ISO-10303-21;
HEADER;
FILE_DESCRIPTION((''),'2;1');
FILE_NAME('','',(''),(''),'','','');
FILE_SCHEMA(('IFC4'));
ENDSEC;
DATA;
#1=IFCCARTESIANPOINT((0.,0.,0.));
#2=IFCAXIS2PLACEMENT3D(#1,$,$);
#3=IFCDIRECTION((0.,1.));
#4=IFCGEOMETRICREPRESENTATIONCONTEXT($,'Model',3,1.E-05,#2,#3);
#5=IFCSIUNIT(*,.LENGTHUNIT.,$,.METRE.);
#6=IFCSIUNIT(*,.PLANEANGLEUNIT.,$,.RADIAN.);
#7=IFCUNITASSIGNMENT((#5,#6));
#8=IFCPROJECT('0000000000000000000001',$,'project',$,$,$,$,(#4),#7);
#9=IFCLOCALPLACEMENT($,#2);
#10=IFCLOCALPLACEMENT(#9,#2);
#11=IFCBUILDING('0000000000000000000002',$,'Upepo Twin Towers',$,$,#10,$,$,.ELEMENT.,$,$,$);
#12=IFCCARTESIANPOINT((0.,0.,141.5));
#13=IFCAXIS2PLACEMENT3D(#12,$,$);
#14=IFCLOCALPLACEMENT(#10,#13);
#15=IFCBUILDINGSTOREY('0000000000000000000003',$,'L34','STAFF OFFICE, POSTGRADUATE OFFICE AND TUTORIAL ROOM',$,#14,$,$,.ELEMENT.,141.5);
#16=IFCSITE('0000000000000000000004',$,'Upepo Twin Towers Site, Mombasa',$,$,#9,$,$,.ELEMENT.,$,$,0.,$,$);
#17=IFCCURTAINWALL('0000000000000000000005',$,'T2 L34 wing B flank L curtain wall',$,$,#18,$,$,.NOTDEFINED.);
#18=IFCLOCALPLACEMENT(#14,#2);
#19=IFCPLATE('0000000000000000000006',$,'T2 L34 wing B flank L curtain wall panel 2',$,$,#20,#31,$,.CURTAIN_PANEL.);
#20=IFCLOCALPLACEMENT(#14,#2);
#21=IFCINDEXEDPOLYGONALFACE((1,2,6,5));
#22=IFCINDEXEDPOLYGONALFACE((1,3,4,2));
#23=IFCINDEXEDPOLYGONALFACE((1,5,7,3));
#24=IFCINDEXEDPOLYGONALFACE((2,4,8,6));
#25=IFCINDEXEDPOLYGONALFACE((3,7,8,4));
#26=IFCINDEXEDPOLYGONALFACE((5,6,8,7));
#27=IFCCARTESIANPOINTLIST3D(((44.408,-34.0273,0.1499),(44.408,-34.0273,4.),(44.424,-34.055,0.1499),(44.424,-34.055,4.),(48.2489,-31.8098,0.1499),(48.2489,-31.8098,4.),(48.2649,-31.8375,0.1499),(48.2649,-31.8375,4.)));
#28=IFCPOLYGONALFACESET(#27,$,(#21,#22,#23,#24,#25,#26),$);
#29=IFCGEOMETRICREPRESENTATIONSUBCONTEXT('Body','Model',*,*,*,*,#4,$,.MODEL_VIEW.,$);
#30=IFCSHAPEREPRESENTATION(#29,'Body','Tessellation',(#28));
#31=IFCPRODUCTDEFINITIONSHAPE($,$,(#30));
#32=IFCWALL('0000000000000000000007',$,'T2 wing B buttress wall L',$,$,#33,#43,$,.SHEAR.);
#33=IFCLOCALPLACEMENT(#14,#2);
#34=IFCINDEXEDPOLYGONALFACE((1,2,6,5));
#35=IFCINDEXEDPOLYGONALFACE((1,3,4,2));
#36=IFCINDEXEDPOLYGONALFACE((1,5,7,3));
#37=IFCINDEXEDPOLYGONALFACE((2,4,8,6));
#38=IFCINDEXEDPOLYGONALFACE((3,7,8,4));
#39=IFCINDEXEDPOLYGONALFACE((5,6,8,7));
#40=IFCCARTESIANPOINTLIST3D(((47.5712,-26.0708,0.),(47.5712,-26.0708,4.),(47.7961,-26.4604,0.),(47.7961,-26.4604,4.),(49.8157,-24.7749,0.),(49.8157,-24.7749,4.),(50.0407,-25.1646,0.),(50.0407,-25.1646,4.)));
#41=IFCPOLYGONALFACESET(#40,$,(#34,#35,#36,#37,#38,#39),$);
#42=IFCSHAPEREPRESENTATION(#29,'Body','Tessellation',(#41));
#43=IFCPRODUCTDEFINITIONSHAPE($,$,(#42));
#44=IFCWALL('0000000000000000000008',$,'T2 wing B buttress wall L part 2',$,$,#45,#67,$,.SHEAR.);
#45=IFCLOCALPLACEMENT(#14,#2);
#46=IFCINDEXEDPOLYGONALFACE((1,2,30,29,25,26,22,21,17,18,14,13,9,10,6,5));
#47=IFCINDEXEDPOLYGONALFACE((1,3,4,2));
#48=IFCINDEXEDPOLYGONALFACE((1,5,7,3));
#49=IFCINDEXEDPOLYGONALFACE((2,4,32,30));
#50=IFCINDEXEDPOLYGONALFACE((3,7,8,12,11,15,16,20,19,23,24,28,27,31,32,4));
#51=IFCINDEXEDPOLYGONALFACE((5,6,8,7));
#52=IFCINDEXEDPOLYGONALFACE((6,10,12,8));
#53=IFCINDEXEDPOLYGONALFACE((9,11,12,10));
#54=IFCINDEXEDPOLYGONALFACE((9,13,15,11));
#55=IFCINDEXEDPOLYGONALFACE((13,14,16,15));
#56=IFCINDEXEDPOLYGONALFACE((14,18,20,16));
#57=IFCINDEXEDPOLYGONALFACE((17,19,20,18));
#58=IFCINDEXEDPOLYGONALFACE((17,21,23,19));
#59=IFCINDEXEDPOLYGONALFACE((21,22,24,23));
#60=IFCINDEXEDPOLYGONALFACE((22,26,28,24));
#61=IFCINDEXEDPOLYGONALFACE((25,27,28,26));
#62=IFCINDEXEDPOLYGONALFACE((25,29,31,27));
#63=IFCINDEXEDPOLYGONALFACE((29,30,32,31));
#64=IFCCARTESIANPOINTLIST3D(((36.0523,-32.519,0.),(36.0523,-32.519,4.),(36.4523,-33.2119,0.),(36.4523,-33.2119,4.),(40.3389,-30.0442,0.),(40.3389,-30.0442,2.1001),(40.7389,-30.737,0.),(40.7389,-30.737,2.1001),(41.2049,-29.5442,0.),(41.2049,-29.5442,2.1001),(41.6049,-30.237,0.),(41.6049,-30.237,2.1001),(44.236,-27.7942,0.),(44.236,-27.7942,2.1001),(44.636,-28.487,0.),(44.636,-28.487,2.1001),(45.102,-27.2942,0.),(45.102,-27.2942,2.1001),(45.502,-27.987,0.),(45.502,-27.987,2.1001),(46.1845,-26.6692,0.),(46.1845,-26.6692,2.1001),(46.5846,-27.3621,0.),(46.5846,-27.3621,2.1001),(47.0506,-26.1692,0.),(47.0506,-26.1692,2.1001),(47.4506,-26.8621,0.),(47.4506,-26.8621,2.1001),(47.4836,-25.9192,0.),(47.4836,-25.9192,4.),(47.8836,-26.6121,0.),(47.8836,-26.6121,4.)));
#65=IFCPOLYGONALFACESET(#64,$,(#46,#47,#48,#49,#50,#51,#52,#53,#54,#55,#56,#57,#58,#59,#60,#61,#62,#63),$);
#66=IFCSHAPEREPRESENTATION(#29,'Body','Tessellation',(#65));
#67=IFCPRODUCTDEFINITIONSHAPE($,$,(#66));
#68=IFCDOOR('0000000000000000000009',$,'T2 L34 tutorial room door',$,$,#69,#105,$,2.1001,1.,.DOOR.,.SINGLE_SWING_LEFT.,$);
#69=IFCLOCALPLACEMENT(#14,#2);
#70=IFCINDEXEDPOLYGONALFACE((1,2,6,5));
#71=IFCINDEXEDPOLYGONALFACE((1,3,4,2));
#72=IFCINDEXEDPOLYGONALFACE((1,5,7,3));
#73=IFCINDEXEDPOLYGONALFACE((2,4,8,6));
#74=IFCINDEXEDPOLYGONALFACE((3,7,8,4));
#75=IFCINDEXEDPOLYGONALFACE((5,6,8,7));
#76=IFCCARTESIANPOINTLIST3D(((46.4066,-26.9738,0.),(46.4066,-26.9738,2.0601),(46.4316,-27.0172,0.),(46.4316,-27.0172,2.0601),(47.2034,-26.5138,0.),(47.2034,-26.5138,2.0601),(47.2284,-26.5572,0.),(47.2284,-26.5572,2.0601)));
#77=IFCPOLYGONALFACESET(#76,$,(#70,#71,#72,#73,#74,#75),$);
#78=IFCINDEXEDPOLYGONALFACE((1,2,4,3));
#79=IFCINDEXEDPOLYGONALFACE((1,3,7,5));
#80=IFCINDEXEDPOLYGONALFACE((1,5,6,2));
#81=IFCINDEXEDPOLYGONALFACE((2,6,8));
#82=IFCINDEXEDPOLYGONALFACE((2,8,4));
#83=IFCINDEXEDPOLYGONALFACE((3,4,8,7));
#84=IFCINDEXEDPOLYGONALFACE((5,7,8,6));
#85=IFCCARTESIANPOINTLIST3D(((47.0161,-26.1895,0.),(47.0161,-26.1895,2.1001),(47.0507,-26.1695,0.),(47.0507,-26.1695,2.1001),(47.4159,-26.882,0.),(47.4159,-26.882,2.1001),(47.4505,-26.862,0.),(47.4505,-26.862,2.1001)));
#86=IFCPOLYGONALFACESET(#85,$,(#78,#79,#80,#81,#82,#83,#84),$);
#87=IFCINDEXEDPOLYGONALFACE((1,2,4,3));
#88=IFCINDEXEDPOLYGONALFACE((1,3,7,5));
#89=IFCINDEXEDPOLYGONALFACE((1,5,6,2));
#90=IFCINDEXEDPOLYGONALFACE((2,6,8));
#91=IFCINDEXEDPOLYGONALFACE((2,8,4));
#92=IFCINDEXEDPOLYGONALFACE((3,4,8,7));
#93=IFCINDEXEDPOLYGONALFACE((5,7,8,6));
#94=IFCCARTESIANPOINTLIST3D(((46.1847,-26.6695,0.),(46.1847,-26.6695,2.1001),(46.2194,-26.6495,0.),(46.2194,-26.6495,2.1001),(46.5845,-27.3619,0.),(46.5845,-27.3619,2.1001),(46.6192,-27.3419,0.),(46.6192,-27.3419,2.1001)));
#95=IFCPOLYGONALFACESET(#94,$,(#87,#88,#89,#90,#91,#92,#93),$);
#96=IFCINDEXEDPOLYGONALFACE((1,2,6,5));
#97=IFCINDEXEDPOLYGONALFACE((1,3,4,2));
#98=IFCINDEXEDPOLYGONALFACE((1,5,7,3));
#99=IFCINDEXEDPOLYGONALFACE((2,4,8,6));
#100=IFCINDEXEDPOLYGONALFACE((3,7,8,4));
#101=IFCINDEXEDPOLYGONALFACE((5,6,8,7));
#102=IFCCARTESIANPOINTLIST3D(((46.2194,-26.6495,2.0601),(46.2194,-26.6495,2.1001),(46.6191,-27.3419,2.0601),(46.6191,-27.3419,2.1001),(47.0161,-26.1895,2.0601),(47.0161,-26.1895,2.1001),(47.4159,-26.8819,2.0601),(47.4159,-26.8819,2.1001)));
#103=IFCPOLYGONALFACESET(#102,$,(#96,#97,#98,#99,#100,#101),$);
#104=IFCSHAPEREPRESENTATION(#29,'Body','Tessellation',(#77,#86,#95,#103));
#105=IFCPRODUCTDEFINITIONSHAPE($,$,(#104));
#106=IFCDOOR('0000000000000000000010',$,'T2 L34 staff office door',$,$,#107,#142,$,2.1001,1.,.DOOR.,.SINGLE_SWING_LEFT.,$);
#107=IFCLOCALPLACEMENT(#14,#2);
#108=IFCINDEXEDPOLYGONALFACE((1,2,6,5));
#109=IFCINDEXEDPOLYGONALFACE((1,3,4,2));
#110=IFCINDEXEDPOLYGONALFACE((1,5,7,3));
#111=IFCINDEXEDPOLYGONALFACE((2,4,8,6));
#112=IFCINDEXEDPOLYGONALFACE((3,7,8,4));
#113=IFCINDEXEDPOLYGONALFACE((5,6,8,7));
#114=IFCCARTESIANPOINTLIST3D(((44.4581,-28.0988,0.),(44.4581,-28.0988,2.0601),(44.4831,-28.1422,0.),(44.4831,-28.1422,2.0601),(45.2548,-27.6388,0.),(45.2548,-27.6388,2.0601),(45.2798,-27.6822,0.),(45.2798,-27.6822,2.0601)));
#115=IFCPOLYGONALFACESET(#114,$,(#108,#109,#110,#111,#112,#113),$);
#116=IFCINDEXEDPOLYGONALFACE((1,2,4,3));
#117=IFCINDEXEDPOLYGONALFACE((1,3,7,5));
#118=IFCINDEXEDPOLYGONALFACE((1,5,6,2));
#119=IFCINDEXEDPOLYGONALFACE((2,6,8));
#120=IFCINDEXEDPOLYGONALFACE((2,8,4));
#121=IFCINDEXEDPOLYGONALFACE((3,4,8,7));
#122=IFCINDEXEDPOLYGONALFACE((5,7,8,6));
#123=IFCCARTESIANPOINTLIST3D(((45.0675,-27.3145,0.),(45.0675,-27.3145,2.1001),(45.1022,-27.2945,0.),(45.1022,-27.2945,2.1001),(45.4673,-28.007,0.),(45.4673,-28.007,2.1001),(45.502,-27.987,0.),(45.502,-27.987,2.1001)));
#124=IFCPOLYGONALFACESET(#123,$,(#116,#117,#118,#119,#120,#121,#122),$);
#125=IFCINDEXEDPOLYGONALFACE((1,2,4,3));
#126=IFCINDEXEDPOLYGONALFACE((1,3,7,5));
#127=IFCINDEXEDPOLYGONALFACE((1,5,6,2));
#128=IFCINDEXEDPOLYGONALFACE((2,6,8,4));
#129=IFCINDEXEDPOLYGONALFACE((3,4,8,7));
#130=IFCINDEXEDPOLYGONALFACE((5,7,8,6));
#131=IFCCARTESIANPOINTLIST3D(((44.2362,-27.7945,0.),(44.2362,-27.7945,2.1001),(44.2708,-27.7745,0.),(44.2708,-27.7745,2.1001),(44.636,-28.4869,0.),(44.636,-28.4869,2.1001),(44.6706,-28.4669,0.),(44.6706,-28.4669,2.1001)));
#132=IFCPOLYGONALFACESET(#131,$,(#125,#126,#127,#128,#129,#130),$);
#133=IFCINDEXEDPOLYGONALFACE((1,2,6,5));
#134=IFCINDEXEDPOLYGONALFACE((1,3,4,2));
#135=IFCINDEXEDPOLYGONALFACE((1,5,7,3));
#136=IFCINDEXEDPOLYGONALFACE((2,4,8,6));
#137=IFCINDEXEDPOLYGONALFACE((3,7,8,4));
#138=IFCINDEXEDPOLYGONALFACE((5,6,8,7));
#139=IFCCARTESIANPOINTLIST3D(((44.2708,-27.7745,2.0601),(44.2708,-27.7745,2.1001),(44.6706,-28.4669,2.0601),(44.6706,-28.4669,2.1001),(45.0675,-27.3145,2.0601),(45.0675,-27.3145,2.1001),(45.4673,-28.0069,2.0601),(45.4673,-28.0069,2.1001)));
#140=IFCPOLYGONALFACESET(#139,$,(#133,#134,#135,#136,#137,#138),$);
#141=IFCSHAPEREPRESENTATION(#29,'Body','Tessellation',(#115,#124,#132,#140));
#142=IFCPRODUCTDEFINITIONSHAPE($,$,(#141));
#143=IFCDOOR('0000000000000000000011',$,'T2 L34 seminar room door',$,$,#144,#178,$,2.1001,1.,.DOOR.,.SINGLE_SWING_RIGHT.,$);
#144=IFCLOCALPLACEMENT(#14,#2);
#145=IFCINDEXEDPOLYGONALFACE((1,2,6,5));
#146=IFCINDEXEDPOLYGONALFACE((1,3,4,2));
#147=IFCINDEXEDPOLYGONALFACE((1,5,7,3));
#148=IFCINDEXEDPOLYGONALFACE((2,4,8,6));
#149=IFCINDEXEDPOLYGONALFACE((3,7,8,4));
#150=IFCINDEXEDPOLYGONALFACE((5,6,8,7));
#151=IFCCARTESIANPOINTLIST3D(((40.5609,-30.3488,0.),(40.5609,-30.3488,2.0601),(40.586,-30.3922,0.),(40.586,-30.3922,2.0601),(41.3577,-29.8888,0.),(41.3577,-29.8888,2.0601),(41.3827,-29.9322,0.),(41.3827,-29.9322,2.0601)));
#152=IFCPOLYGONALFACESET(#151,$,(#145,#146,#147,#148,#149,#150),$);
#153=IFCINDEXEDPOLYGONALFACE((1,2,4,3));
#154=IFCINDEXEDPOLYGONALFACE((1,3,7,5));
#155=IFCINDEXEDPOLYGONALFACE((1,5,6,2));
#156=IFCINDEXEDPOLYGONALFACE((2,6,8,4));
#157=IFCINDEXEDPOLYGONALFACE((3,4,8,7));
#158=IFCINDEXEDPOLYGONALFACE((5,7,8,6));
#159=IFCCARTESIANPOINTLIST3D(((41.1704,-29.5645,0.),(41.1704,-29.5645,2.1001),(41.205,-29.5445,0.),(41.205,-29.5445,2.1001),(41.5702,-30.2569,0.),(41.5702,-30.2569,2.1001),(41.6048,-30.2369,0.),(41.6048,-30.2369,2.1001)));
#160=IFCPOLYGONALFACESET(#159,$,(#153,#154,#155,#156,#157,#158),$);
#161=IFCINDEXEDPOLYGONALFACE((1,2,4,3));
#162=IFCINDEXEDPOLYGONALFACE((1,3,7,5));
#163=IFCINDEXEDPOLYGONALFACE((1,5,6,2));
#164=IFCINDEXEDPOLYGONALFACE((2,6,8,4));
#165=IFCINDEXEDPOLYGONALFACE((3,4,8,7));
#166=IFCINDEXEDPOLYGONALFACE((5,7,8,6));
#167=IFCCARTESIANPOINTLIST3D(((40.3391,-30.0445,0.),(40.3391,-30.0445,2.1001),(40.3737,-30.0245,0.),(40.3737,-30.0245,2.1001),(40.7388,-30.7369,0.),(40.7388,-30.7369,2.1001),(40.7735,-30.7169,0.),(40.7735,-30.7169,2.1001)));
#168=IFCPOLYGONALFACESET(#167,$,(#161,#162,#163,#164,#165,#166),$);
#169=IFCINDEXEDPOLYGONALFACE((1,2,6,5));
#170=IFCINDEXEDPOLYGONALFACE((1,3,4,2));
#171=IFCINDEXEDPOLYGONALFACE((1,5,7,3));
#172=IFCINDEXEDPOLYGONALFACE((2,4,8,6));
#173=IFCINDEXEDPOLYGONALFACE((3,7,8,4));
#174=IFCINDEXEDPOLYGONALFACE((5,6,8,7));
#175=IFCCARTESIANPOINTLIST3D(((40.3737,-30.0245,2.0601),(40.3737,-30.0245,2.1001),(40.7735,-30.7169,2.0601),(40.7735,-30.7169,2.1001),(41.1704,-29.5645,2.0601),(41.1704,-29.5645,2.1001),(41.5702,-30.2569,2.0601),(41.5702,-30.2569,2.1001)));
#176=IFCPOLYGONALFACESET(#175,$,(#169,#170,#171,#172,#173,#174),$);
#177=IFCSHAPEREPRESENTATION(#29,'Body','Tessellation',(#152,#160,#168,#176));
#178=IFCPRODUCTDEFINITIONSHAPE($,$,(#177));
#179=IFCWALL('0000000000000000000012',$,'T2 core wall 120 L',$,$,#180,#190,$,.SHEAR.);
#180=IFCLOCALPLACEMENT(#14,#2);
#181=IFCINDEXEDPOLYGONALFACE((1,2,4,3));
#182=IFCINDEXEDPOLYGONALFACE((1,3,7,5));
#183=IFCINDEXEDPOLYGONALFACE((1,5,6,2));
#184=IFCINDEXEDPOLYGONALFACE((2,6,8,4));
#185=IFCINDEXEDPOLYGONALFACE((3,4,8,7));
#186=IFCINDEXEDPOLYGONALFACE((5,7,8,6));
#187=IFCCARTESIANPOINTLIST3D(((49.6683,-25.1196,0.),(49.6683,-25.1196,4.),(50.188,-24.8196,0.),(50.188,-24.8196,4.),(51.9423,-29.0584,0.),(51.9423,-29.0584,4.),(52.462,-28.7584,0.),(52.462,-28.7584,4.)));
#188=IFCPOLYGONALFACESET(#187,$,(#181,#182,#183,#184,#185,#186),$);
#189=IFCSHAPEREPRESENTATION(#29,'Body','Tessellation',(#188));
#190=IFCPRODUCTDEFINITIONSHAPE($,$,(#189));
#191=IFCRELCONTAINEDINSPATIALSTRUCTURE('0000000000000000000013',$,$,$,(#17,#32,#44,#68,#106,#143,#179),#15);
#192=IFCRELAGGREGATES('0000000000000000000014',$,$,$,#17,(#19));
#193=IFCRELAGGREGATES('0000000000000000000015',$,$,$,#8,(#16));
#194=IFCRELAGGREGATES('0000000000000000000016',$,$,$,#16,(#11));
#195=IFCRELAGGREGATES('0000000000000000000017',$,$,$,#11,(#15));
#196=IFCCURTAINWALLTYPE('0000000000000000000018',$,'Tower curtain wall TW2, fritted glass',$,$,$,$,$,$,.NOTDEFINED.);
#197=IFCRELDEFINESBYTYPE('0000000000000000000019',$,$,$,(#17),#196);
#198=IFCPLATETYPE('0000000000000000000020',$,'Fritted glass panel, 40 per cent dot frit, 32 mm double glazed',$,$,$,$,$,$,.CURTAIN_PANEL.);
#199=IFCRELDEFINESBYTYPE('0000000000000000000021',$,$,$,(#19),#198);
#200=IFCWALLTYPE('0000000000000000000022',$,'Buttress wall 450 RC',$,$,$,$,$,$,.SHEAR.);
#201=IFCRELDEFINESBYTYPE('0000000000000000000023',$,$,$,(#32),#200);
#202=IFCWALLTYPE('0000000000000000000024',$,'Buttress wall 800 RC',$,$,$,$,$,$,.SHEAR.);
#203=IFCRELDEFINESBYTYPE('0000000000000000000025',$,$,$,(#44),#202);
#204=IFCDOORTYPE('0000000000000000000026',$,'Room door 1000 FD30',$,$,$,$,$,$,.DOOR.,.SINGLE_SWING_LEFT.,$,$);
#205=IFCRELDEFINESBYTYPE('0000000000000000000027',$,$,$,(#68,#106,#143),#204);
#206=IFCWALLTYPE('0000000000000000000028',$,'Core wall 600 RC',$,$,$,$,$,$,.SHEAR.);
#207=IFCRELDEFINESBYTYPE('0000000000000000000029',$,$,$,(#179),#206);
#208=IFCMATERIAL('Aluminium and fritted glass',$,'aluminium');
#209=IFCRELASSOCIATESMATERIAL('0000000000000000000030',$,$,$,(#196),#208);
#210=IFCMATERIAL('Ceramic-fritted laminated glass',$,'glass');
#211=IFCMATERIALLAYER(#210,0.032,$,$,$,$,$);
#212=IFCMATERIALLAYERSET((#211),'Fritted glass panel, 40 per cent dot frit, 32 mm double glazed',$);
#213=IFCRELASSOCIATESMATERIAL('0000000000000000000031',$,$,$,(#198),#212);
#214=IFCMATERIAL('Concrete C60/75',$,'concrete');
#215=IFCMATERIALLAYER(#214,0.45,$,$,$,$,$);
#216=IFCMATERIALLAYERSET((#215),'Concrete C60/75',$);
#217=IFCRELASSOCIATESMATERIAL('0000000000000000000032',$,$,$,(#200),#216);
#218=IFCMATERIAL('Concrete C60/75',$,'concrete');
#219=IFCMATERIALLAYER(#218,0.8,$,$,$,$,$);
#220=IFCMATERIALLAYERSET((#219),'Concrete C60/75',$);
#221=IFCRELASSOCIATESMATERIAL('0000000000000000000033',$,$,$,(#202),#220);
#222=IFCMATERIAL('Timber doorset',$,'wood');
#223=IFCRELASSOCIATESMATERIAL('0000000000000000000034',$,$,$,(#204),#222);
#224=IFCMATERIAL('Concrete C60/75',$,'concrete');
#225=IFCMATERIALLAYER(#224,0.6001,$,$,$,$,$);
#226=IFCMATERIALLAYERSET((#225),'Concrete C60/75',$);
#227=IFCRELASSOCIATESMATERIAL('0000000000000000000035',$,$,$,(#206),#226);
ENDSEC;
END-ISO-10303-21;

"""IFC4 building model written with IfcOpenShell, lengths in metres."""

from ifc_helpers import new_model, si_unit, direction, frame, frame_2d, origin, origin_2d, place, context, subcontext, project, spatial, rectangle, extrude, material, layer, layer_set, type_object, element, fill, aggregate, save


model = new_model("IFC4")

# Units and contexts
model_context = context("Model", 3, precision=1e-05, world=origin(), true_north=direction((0.0, 1.0)))
body_context = subcontext(model_context, "Body", "Model", "MODEL_VIEW")
ifc_project = project(units=[si_unit("LENGTHUNIT", "METRE"), si_unit("PLANEANGLEUNIT", "RADIAN")], contexts=[model_context])

# Site, building, storey
site_placement = place(None, origin())
site = spatial("IfcSite", under=ifc_project, at=site_placement, Name="Upepo Twin Towers Site, Mombasa", CompositionType="ELEMENT", RefElevation=0.0)
building_placement = place(site_placement, origin())
building = spatial("IfcBuilding", under=site, at=building_placement, Name="Upepo Twin Towers", CompositionType="ELEMENT")
storey_placement = place(building_placement, frame((0.0, 0.0, 141.5)))
storey = spatial("IfcBuildingStorey", under=building, at=storey_placement, Name="L34", Description="STAFF OFFICE, POSTGRADUATE OFFICE AND TUTORIAL ROOM", CompositionType="ELEMENT", Elevation=141.5)

# Curtain wall, plate
ifc_material_1 = material(Name="Aluminium and fritted glass", Category="aluminium")
curtain_wall_type = type_object("IfcCurtainWallType", Name="Tower curtain wall TW2, fritted glass", PredefinedType="NOTDEFINED", material=ifc_material_1)
curtain_wall_placement = place(storey_placement, origin())
curtain_wall = element("IfcCurtainWall", 1, at=curtain_wall_placement, inside=storey, type_object=curtain_wall_type, Name="T2 L34 wing B flank L curtain wall", PredefinedType="NOTDEFINED")
ifc_material_2 = material(Name="Ceramic-fritted laminated glass", Category="glass")
ifc_layer_1 = layer(ifc_material_2, 0.032)
ifc_layer_set_1 = layer_set([ifc_layer_1], Name="Fritted glass panel, 40 per cent dot frit, 32 mm double glazed")
plate_type = type_object("IfcPlateType", Name="Fritted glass panel, 40 per cent dot frit, 32 mm double glazed", PredefinedType="CURTAIN_PANEL", material=ifc_layer_set_1)
plate_1_placement = place(storey_placement, frame((46.3364, -32.9324, 0.1499), z_axis=(0.0, 0.0, 1.0), x_axis=(-0.866025, -0.5, 0.0)))
plate_1 = element("IfcPlate", 2, at=plate_1_placement, type_object=plate_type, Name="T2 L34 wing B flank L curtain wall panel 2", PredefinedType="CURTAIN_PANEL", context=body_context, shape_type="SweptSolid", body=[
    extrude(rectangle(XDim=4.4351, YDim=0.032, at=origin_2d()), origin(), (0.0, 0.0, 1.0), 3.8501),
])
aggregate(curtain_wall, [plate_1])

# Wall
ifc_material_3 = material(Name="Concrete C60/75", Category="concrete")
ifc_layer_2 = layer(ifc_material_3, 0.45)
ifc_layer_set_2 = layer_set([ifc_layer_2], Name="Concrete C60/75")
wall_type_1 = type_object("IfcWallType", Name="Buttress wall 450 RC", PredefinedType="SHEAR", material=ifc_layer_set_2)
wall_1_placement = place(storey_placement, frame((49.9282, -24.9697, 0.0), z_axis=(0.0, 0.0, 1.0), x_axis=(-0.866032, -0.499989, 0.0)))
element("IfcWall", 3, at=wall_1_placement, inside=storey, type_object=wall_type_1, Name="T2 wing B buttress wall L", PredefinedType="SHEAR", context=body_context, shape_type="SweptSolid", body=[
    extrude(rectangle(XDim=2.5918, YDim=0.45, at=frame_2d((1.2959, 0.0))), origin(), (0.0, 0.0, 1.0), 4.0),
])

# Wall, openings, doors
ifc_material_4 = material(Name="Concrete C60/75", Category="concrete")
ifc_layer_3 = layer(ifc_material_4, 0.8)
ifc_layer_set_3 = layer_set([ifc_layer_3], Name="Concrete C60/75")
wall_type_2 = type_object("IfcWallType", Name="Buttress wall 800 RC", PredefinedType="SHEAR", material=ifc_layer_set_3)
wall_2_placement = place(storey_placement, frame((47.6836, -26.2656, 0.0), z_axis=(0.0, 0.0, 1.0), x_axis=(-0.866028, -0.499996, 0.0)))
wall_2 = element("IfcWall", 4, at=wall_2_placement, inside=storey, type_object=wall_type_2, Name="T2 wing B buttress wall L part 2", PredefinedType="SHEAR", context=body_context, shape_type="SweptSolid", body=[
    extrude(rectangle(XDim=13.1997, YDim=0.8, at=frame_2d((6.5999, 0.0))), origin(), (0.0, 0.0, 1.0), 4.0),
])
opening_1_placement = place(wall_2_placement, frame((0.5, 0.0, 0.0)))
opening_1 = element("IfcOpeningElement", 5, at=opening_1_placement, cuts=wall_2, PredefinedType="OPENING", context=body_context, shape_type="SweptSolid", body=[
    extrude(rectangle(XDim=1.0, YDim=2.1001, at=frame_2d((0.5, 1.05))), frame((0.0, 0.4099, 0.0), z_axis=(0.0, -1.0, 0.0), x_axis=(1.0, 0.0, 0.0)), (0.0, 0.0, 1.0), 0.8201),
])
opening_2_placement = place(wall_2_placement, frame((2.75, 0.0, 0.0)))
opening_2 = element("IfcOpeningElement", 6, at=opening_2_placement, cuts=wall_2, PredefinedType="OPENING", context=body_context, shape_type="SweptSolid", body=[
    extrude(rectangle(XDim=1.0, YDim=2.1001, at=frame_2d((0.5, 1.05))), frame((0.0, 0.4099, 0.0), z_axis=(0.0, -1.0, 0.0), x_axis=(1.0, 0.0, 0.0)), (0.0, 0.0, 1.0), 0.8201),
])
opening_3_placement = place(wall_2_placement, frame((7.25, 0.0, 0.0)))
opening_3 = element("IfcOpeningElement", 7, at=opening_3_placement, cuts=wall_2, PredefinedType="OPENING", context=body_context, shape_type="SweptSolid", body=[
    extrude(rectangle(XDim=1.0, YDim=2.1001, at=frame_2d((0.5, 1.05))), frame((0.0, 0.4099, 0.0), z_axis=(0.0, -1.0, 0.0), x_axis=(1.0, 0.0, 0.0)), (0.0, 0.0, 1.0), 0.8201),
])
ifc_material_5 = material(Name="Timber doorset", Category="wood")
door_type_1 = type_object("IfcDoorType", Name="Room door 1000 FD30", OperationType="SINGLE_SWING_LEFT", PredefinedType="DOOR", material=ifc_material_5)
door_1_placement = place(opening_1_placement, origin())
door_1 = element("IfcDoor", 8, at=door_1_placement, inside=storey, type_object=door_type_1, Name="T2 L34 tutorial room door", OperationType="SINGLE_SWING_LEFT", OverallHeight=2.1001, OverallWidth=1.0, PredefinedType="DOOR", context=body_context, shape_type="SweptSolid", body=[
    extrude(rectangle(XDim=0.92, YDim=2.0601, at=frame_2d((0.5, 1.03))), frame((0.0, 0.0249, 0.0), z_axis=(0.0, -1.0, 0.0), x_axis=(1.0, 0.0, 0.0)), (0.0, 0.0, 1.0), 0.05),
    extrude(rectangle(XDim=0.04, YDim=2.1001, at=frame_2d((0.02, 1.05))), frame((0.0, 0.3999, 0.0), z_axis=(0.0, -1.0, 0.0), x_axis=(1.0, 0.0, 0.0)), (0.0, 0.0, 1.0), 0.7996),
    extrude(rectangle(XDim=0.04, YDim=2.1001, at=frame_2d((0.98, 1.05))), frame((0.0, 0.3999, 0.0), z_axis=(0.0, -1.0, 0.0), x_axis=(1.0, 0.0, 0.0)), (0.0, 0.0, 1.0), 0.7996),
    extrude(rectangle(XDim=0.92, YDim=0.04, at=frame_2d((0.5, 2.0801))), frame((0.0, 0.3999, 0.0), z_axis=(0.0, -1.0, 0.0), x_axis=(1.0, 0.0, 0.0)), (0.0, 0.0, 1.0), 0.7996),
])
fill(opening_1, door_1)
door_2_placement = place(opening_2_placement, origin())
door_2 = element("IfcDoor", 9, at=door_2_placement, inside=storey, type_object=door_type_1, Name="T2 L34 staff office door", OperationType="SINGLE_SWING_LEFT", OverallHeight=2.1001, OverallWidth=1.0, PredefinedType="DOOR", context=body_context, shape_type="SweptSolid", body=[
    extrude(rectangle(XDim=0.92, YDim=2.0601, at=frame_2d((0.5, 1.03))), frame((0.0, 0.0249, 0.0), z_axis=(0.0, -1.0, 0.0), x_axis=(1.0, 0.0, 0.0)), (0.0, 0.0, 1.0), 0.05),
    extrude(rectangle(XDim=0.04, YDim=2.1001, at=frame_2d((0.02, 1.05))), frame((0.0, 0.3999, 0.0), z_axis=(0.0, -1.0, 0.0), x_axis=(1.0, 0.0, 0.0)), (0.0, 0.0, 1.0), 0.7996),
    extrude(rectangle(XDim=0.04, YDim=2.1001, at=frame_2d((0.98, 1.05))), frame((0.0, 0.3999, 0.0), z_axis=(0.0, -1.0, 0.0), x_axis=(1.0, 0.0, 0.0)), (0.0, 0.0, 1.0), 0.7996),
    extrude(rectangle(XDim=0.92, YDim=0.04, at=frame_2d((0.5, 2.0801))), frame((0.0, 0.3999, 0.0), z_axis=(0.0, -1.0, 0.0), x_axis=(1.0, 0.0, 0.0)), (0.0, 0.0, 1.0), 0.7996),
])
fill(opening_2, door_2)
door_3_placement = place(opening_3_placement, origin())
door_3 = element("IfcDoor", 10, at=door_3_placement, inside=storey, type_object=door_type_1, Name="T2 L34 seminar room door", OperationType="SINGLE_SWING_RIGHT", OverallHeight=2.1001, OverallWidth=1.0, PredefinedType="DOOR", context=body_context, shape_type="SweptSolid", body=[
    extrude(rectangle(XDim=0.92, YDim=2.0601, at=frame_2d((0.5, 1.03))), frame((0.0, 0.0249, 0.0), z_axis=(0.0, -1.0, 0.0), x_axis=(1.0, 0.0, 0.0)), (0.0, 0.0, 1.0), 0.05),
    extrude(rectangle(XDim=0.04, YDim=2.1001, at=frame_2d((0.02, 1.05))), frame((0.0, 0.3999, 0.0), z_axis=(0.0, -1.0, 0.0), x_axis=(1.0, 0.0, 0.0)), (0.0, 0.0, 1.0), 0.7996),
    extrude(rectangle(XDim=0.04, YDim=2.1001, at=frame_2d((0.98, 1.05))), frame((0.0, 0.3999, 0.0), z_axis=(0.0, -1.0, 0.0), x_axis=(1.0, 0.0, 0.0)), (0.0, 0.0, 1.0), 0.7996),
    extrude(rectangle(XDim=0.92, YDim=0.04, at=frame_2d((0.5, 2.0801))), frame((0.0, 0.3999, 0.0), z_axis=(0.0, -1.0, 0.0), x_axis=(1.0, 0.0, 0.0)), (0.0, 0.0, 1.0), 0.7996),
])
fill(opening_3, door_3)

# Wall
ifc_material_6 = material(Name="Concrete C60/75", Category="concrete")
ifc_layer_4 = layer(ifc_material_6, 0.6001)
ifc_layer_set_4 = layer_set([ifc_layer_4], Name="Concrete C60/75")
wall_type_3 = type_object("IfcWallType", Name="Core wall 600 RC", PredefinedType="SHEAR", material=ifc_layer_set_4)
wall_3_placement = place(storey_placement, frame((49.9282, -24.9697, 0.0), z_axis=(0.0, 0.0, 1.0), x_axis=(0.499984, -0.866035, 0.0)))
element("IfcWall", 11, at=wall_3_placement, inside=storey, type_object=wall_type_3, Name="T2 core wall 120 L", PredefinedType="SHEAR", context=body_context, shape_type="SweptSolid", body=[
    extrude(rectangle(XDim=4.5481, YDim=0.6001, at=frame_2d((2.2739, 0.0))), origin(), (0.0, 0.0, 1.0), 4.0),
])

save(model, "model.ifc")
